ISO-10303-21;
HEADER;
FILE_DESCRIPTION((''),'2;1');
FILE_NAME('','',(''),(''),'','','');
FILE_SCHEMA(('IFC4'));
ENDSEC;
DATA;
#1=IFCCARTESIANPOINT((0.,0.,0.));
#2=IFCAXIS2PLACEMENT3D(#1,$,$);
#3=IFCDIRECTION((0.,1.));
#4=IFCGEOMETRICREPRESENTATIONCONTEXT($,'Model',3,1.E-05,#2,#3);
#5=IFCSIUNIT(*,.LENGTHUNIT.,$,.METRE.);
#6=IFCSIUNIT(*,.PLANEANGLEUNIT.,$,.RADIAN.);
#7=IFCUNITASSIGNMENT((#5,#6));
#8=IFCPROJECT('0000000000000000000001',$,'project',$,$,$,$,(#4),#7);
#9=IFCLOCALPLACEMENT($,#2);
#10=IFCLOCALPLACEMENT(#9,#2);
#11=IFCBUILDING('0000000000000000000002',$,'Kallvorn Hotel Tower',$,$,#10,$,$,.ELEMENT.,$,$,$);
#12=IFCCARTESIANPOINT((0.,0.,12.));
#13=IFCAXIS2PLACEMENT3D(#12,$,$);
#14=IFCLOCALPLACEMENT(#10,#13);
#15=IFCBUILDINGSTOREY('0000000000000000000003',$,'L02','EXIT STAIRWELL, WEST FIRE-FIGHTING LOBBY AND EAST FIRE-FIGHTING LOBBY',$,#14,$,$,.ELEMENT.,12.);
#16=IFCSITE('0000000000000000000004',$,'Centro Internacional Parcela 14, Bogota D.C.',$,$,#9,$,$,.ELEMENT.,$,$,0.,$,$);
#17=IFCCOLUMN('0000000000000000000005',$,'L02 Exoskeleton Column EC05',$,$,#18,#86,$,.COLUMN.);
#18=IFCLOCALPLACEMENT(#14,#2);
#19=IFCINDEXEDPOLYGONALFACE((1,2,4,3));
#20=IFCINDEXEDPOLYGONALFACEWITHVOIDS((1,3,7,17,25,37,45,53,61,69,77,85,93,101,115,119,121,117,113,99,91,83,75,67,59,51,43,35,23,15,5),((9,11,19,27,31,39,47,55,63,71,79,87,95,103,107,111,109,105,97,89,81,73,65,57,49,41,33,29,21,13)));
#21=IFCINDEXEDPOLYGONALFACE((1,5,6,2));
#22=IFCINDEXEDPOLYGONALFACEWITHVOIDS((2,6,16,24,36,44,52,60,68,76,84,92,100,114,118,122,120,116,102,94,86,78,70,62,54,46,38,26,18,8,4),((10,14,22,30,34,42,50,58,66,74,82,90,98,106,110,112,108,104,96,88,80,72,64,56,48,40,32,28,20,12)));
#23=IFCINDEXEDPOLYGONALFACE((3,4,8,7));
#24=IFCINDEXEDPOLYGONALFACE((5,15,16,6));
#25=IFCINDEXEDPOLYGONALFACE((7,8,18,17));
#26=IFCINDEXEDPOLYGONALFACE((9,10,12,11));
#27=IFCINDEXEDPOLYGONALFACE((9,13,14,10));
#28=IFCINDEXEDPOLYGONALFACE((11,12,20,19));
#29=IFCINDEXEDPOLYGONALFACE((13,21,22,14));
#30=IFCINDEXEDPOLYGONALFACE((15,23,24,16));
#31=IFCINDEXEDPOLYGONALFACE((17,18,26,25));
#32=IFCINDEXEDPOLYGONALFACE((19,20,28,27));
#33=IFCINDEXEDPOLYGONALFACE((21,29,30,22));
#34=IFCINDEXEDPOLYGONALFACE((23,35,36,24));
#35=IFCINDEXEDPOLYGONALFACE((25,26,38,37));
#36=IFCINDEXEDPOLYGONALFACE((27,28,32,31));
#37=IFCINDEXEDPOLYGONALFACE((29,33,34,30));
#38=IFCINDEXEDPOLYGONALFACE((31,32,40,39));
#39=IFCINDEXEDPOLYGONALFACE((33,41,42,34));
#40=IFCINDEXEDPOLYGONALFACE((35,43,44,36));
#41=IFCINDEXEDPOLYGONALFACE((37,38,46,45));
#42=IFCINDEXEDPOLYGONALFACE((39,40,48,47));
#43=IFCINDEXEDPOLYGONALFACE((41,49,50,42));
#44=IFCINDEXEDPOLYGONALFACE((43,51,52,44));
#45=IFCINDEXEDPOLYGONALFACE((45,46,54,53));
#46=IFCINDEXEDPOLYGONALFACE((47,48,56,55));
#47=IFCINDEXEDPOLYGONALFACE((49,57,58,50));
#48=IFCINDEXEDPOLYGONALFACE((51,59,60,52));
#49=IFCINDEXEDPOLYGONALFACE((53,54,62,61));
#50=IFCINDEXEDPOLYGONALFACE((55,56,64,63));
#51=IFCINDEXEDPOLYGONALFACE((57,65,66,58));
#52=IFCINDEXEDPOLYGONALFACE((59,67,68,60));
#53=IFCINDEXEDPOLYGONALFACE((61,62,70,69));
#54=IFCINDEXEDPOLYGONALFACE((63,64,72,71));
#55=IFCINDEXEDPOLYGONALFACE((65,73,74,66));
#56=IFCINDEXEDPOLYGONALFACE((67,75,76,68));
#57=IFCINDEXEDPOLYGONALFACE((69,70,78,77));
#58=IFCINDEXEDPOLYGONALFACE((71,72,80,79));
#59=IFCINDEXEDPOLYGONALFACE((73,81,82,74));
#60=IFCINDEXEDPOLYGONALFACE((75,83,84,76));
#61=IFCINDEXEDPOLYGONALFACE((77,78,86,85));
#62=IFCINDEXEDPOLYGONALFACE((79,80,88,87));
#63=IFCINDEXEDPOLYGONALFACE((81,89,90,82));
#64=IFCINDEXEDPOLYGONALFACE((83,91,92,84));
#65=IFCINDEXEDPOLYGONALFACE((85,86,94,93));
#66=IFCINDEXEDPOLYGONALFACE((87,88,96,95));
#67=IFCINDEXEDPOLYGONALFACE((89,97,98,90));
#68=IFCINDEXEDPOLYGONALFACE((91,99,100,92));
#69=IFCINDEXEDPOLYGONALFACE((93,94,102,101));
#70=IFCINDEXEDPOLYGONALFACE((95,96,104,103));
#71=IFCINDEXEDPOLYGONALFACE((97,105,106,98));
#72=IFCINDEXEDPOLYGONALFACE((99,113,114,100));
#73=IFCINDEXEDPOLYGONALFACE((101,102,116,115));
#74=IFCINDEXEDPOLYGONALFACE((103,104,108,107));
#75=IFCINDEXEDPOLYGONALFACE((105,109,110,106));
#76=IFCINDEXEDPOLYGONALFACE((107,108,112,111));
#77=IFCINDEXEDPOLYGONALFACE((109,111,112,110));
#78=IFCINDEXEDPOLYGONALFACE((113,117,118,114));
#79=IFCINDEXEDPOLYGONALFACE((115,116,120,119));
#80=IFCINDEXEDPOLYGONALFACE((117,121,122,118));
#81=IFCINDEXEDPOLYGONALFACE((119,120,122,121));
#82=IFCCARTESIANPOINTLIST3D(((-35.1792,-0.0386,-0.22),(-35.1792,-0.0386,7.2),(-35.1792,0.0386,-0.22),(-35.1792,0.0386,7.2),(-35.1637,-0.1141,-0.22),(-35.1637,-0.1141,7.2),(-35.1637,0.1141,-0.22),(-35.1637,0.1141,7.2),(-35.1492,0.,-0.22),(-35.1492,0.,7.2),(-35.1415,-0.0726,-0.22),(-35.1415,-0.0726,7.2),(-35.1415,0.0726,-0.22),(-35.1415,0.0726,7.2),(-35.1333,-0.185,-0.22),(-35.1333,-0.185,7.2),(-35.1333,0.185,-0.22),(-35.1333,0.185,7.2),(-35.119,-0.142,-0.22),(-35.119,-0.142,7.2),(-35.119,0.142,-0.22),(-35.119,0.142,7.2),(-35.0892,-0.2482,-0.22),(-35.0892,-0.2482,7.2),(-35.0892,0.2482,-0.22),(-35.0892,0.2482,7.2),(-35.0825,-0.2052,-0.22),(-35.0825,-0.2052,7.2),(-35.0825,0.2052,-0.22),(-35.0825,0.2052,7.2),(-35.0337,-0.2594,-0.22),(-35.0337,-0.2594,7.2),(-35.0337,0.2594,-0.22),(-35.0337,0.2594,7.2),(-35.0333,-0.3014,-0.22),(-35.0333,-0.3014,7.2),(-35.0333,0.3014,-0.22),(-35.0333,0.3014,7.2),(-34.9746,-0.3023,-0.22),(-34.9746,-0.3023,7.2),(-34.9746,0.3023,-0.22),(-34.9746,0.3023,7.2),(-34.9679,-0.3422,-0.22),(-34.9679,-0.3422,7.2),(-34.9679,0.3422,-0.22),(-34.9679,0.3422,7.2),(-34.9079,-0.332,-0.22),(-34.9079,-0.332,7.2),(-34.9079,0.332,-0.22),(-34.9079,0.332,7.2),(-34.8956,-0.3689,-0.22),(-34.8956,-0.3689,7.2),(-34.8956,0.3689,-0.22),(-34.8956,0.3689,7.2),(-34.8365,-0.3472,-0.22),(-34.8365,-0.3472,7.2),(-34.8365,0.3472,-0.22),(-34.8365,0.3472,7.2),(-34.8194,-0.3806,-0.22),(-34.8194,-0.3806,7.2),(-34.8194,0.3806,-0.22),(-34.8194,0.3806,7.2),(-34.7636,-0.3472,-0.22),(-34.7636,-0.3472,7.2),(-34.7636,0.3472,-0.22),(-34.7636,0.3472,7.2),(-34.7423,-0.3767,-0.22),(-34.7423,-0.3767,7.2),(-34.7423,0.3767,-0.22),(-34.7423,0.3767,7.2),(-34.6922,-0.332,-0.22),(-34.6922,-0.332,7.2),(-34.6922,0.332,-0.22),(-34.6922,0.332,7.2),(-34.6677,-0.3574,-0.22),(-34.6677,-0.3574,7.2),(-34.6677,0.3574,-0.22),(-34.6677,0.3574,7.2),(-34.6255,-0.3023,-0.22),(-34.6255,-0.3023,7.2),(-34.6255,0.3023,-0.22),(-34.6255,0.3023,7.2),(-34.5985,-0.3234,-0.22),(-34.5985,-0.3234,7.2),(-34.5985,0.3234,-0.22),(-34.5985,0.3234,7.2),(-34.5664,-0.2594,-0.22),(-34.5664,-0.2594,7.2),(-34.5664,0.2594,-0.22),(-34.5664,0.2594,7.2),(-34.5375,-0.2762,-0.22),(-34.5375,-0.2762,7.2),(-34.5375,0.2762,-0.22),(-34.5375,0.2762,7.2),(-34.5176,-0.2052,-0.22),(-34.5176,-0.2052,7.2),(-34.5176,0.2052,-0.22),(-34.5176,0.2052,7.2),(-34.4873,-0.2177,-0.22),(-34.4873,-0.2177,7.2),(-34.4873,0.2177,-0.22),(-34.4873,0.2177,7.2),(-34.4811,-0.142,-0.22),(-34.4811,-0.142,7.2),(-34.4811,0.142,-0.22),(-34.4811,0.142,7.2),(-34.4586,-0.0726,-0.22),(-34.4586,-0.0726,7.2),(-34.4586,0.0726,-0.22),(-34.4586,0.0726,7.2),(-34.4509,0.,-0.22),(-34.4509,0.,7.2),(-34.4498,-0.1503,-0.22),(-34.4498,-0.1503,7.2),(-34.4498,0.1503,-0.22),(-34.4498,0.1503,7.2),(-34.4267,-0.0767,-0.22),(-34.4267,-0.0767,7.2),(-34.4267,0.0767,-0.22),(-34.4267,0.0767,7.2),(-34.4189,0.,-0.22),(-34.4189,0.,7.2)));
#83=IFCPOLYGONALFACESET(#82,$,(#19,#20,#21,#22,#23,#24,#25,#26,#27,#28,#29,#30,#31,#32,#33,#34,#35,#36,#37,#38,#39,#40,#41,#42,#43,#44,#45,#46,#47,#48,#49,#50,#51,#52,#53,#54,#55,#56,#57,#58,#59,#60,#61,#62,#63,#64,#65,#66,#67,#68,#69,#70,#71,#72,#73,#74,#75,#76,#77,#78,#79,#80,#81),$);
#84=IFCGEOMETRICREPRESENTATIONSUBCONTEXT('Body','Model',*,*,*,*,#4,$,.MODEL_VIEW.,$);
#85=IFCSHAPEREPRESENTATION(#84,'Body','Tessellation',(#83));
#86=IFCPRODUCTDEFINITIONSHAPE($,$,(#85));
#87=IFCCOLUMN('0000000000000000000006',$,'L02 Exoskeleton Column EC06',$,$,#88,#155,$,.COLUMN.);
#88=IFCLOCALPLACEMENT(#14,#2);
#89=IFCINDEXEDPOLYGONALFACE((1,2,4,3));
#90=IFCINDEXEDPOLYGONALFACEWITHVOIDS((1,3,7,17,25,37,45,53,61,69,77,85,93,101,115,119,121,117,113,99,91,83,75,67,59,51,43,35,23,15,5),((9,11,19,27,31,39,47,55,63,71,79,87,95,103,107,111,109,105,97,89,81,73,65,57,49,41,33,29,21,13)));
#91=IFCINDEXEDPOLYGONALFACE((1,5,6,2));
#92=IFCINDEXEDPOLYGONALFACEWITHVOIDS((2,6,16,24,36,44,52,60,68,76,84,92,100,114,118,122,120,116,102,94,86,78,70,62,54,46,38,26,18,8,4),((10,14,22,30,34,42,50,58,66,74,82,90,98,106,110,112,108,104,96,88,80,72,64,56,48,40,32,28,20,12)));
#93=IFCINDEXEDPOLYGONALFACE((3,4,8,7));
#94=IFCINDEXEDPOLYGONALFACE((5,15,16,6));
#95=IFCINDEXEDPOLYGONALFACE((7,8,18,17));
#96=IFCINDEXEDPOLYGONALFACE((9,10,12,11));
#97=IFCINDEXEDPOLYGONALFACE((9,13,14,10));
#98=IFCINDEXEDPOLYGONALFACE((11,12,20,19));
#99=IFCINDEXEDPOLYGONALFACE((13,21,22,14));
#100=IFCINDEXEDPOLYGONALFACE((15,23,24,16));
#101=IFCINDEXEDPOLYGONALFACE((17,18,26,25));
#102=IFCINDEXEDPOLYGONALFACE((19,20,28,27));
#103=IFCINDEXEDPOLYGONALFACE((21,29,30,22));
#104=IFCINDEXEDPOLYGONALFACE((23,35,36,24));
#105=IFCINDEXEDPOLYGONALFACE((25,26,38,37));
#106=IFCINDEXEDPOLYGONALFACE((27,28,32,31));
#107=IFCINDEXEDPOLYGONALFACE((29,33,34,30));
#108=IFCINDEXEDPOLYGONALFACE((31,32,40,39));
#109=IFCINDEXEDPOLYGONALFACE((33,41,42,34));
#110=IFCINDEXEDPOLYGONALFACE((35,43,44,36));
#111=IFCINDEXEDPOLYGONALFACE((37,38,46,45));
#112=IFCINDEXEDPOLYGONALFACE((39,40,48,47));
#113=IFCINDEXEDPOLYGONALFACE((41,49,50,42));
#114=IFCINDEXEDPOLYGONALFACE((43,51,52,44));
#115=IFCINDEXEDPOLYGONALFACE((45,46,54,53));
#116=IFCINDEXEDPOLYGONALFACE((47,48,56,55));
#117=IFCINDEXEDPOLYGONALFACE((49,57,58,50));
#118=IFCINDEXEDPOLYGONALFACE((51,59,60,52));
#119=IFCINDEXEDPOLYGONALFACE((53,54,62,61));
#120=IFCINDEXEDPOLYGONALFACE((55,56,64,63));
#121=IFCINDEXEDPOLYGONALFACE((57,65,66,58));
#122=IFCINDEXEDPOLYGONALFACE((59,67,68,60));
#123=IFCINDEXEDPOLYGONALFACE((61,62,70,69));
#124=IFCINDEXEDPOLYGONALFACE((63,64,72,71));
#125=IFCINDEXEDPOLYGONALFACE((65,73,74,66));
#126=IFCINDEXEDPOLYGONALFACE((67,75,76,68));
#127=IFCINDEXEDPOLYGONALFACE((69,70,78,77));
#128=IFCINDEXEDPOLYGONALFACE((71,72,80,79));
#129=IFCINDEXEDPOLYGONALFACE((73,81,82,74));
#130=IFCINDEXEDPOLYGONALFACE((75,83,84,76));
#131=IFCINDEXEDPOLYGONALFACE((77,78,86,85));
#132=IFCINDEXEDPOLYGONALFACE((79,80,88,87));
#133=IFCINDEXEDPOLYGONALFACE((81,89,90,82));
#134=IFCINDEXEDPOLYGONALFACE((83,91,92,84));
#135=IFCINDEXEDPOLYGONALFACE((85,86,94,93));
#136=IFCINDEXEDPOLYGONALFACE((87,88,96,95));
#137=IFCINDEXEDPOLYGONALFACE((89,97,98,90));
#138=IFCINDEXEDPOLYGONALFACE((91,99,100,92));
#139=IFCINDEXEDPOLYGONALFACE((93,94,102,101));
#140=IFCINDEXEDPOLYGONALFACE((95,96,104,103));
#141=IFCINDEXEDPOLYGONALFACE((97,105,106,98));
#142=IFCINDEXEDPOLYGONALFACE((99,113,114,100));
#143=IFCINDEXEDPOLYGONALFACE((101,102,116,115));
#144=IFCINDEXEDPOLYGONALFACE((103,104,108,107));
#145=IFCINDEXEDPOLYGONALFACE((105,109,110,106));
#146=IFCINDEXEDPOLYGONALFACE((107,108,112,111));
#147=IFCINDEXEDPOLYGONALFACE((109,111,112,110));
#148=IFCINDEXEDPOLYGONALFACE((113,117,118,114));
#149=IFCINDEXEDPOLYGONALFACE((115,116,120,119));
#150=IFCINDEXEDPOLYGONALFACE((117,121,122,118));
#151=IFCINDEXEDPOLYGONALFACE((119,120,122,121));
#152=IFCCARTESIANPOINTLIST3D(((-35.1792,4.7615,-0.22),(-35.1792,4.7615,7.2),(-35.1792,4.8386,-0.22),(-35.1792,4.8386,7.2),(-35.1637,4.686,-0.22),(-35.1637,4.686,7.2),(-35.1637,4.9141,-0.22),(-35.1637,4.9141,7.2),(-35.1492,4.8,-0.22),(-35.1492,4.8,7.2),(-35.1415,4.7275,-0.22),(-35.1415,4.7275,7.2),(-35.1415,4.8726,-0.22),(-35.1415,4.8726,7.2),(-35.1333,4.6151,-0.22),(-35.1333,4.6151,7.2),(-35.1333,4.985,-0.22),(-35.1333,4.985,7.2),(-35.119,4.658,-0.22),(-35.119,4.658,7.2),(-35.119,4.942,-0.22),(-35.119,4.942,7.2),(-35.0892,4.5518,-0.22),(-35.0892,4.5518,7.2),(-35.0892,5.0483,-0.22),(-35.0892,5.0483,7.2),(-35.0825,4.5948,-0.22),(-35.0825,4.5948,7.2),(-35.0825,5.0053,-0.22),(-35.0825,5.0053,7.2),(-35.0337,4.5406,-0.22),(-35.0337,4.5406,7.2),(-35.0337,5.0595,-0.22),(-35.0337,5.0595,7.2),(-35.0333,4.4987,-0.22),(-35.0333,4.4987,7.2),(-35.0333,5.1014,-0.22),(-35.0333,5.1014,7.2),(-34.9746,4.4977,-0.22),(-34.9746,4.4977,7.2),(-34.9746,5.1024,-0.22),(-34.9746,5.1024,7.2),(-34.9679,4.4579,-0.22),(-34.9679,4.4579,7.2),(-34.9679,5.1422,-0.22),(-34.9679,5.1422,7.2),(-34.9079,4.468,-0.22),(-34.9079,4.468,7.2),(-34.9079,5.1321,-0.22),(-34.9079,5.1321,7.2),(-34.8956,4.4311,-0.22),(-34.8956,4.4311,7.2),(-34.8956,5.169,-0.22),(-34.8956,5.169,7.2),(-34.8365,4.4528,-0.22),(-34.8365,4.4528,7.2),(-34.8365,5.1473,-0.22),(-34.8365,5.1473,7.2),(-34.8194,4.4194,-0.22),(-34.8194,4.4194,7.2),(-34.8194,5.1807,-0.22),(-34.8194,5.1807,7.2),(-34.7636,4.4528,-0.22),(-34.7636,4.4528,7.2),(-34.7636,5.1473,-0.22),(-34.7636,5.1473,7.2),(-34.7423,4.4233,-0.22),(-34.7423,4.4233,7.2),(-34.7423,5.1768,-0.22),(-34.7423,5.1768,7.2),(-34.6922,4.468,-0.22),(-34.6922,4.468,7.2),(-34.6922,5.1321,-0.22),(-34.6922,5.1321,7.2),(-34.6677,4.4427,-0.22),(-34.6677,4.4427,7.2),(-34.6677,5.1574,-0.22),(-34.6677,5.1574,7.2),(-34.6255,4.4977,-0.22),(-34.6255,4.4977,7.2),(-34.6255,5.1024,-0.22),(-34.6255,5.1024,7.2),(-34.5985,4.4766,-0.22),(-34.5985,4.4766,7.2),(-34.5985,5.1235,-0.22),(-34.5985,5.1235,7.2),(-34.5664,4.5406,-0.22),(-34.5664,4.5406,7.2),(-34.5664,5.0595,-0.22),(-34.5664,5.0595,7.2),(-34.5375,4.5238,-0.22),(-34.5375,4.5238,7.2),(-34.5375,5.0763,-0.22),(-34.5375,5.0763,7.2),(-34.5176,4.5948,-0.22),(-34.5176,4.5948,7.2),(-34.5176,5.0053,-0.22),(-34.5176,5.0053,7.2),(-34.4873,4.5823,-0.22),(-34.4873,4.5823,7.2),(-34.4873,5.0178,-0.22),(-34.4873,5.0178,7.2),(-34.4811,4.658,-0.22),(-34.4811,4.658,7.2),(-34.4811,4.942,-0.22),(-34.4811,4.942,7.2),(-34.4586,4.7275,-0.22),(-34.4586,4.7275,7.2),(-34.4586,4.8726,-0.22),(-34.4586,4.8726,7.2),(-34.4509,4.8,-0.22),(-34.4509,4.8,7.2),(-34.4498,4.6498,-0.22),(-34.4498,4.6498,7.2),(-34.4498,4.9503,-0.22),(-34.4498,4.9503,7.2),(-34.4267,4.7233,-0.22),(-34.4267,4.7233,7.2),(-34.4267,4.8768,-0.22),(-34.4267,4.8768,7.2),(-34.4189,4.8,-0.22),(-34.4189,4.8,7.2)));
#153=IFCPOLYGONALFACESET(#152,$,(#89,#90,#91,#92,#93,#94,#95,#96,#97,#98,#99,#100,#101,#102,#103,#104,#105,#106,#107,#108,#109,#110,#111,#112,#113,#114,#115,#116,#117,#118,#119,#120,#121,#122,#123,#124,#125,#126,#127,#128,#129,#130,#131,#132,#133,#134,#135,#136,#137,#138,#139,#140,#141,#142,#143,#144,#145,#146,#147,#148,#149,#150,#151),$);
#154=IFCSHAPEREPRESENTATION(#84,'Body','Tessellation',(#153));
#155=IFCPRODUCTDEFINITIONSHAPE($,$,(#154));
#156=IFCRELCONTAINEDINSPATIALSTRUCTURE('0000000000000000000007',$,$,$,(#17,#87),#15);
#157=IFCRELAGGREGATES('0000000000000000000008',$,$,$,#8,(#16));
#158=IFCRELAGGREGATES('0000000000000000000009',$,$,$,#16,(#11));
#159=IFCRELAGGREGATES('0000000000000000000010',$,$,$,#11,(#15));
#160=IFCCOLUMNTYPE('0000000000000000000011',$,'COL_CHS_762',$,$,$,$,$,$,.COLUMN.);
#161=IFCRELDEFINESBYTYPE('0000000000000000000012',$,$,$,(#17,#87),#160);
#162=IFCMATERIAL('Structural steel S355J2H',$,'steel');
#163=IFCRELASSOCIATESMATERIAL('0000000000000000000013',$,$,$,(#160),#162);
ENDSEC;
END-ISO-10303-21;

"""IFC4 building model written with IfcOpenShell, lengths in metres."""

from ifc_helpers import new_model, si_unit, direction, frame, origin, origin_2d, place, context, subcontext, project, spatial, hollow_circle, extrude, material, material_profile, profile_set, type_object, element, save


model = new_model("IFC4")

# Units and contexts
model_context = context("Model", 3, precision=1e-05, world=origin(), true_north=direction((0.0, 1.0)))
body_context = subcontext(model_context, "Body", "Model", "MODEL_VIEW")
ifc_project = project(units=[si_unit("LENGTHUNIT", "METRE"), si_unit("PLANEANGLEUNIT", "RADIAN")], contexts=[model_context])

# Site, building, storey
site_placement = place(None, origin())
site = spatial("IfcSite", under=ifc_project, at=site_placement, Name="Centro Internacional Parcela 14, Bogota D.C.", CompositionType="ELEMENT", RefElevation=0.0)
building_placement = place(site_placement, origin())
building = spatial("IfcBuilding", under=site, at=building_placement, Name="Kallvorn Hotel Tower", CompositionType="ELEMENT")
storey_placement = place(building_placement, frame((0.0, 0.0, 12.0)))
storey = spatial("IfcBuildingStorey", under=building, at=storey_placement, Name="L02", Description="EXIT STAIRWELL, WEST FIRE-FIGHTING LOBBY AND EAST FIRE-FIGHTING LOBBY", CompositionType="ELEMENT", Elevation=12.0)

# Columns
ifc_material_1 = material(Name="Structural steel S355J2H", Category="steel")
ifc_material_profile_1 = material_profile(ifc_material_1, hollow_circle(Radius=0.3811, WallThickness=0.032, at=origin_2d()), Name="CHS 762x32")
ifc_profile_set_1 = profile_set([ifc_material_profile_1], Name="Structural steel S355J2H")
column_type = type_object("IfcColumnType", Name="COL_CHS_762", PredefinedType="COLUMN", material=ifc_profile_set_1)
for number, where, z_axis, x_axis, name in (
    (1, (-34.8, 0.0, -0.22), (0.0, 0.0, 1.0), (1.0, 0.0, 0.0), "L02 Exoskeleton Column EC05"),
    (2, (-34.8, 4.8, -0.22), (0.0, 0.0, 1.0), (1.0, 0.0, 0.0), "L02 Exoskeleton Column EC06"),
):
    element("IfcColumn", number, at=place(storey_placement, frame(where, z_axis=z_axis, x_axis=x_axis)), inside=storey, type_object=column_type, Name=name, PredefinedType="COLUMN", context=body_context, shape_type="SweptSolid", body=[
        extrude(hollow_circle(Radius=0.3811, WallThickness=0.032, at=origin_2d()), origin(), (0.0, 0.0, 1.0), 7.4199),
    ])

save(model, "model.ifc")
